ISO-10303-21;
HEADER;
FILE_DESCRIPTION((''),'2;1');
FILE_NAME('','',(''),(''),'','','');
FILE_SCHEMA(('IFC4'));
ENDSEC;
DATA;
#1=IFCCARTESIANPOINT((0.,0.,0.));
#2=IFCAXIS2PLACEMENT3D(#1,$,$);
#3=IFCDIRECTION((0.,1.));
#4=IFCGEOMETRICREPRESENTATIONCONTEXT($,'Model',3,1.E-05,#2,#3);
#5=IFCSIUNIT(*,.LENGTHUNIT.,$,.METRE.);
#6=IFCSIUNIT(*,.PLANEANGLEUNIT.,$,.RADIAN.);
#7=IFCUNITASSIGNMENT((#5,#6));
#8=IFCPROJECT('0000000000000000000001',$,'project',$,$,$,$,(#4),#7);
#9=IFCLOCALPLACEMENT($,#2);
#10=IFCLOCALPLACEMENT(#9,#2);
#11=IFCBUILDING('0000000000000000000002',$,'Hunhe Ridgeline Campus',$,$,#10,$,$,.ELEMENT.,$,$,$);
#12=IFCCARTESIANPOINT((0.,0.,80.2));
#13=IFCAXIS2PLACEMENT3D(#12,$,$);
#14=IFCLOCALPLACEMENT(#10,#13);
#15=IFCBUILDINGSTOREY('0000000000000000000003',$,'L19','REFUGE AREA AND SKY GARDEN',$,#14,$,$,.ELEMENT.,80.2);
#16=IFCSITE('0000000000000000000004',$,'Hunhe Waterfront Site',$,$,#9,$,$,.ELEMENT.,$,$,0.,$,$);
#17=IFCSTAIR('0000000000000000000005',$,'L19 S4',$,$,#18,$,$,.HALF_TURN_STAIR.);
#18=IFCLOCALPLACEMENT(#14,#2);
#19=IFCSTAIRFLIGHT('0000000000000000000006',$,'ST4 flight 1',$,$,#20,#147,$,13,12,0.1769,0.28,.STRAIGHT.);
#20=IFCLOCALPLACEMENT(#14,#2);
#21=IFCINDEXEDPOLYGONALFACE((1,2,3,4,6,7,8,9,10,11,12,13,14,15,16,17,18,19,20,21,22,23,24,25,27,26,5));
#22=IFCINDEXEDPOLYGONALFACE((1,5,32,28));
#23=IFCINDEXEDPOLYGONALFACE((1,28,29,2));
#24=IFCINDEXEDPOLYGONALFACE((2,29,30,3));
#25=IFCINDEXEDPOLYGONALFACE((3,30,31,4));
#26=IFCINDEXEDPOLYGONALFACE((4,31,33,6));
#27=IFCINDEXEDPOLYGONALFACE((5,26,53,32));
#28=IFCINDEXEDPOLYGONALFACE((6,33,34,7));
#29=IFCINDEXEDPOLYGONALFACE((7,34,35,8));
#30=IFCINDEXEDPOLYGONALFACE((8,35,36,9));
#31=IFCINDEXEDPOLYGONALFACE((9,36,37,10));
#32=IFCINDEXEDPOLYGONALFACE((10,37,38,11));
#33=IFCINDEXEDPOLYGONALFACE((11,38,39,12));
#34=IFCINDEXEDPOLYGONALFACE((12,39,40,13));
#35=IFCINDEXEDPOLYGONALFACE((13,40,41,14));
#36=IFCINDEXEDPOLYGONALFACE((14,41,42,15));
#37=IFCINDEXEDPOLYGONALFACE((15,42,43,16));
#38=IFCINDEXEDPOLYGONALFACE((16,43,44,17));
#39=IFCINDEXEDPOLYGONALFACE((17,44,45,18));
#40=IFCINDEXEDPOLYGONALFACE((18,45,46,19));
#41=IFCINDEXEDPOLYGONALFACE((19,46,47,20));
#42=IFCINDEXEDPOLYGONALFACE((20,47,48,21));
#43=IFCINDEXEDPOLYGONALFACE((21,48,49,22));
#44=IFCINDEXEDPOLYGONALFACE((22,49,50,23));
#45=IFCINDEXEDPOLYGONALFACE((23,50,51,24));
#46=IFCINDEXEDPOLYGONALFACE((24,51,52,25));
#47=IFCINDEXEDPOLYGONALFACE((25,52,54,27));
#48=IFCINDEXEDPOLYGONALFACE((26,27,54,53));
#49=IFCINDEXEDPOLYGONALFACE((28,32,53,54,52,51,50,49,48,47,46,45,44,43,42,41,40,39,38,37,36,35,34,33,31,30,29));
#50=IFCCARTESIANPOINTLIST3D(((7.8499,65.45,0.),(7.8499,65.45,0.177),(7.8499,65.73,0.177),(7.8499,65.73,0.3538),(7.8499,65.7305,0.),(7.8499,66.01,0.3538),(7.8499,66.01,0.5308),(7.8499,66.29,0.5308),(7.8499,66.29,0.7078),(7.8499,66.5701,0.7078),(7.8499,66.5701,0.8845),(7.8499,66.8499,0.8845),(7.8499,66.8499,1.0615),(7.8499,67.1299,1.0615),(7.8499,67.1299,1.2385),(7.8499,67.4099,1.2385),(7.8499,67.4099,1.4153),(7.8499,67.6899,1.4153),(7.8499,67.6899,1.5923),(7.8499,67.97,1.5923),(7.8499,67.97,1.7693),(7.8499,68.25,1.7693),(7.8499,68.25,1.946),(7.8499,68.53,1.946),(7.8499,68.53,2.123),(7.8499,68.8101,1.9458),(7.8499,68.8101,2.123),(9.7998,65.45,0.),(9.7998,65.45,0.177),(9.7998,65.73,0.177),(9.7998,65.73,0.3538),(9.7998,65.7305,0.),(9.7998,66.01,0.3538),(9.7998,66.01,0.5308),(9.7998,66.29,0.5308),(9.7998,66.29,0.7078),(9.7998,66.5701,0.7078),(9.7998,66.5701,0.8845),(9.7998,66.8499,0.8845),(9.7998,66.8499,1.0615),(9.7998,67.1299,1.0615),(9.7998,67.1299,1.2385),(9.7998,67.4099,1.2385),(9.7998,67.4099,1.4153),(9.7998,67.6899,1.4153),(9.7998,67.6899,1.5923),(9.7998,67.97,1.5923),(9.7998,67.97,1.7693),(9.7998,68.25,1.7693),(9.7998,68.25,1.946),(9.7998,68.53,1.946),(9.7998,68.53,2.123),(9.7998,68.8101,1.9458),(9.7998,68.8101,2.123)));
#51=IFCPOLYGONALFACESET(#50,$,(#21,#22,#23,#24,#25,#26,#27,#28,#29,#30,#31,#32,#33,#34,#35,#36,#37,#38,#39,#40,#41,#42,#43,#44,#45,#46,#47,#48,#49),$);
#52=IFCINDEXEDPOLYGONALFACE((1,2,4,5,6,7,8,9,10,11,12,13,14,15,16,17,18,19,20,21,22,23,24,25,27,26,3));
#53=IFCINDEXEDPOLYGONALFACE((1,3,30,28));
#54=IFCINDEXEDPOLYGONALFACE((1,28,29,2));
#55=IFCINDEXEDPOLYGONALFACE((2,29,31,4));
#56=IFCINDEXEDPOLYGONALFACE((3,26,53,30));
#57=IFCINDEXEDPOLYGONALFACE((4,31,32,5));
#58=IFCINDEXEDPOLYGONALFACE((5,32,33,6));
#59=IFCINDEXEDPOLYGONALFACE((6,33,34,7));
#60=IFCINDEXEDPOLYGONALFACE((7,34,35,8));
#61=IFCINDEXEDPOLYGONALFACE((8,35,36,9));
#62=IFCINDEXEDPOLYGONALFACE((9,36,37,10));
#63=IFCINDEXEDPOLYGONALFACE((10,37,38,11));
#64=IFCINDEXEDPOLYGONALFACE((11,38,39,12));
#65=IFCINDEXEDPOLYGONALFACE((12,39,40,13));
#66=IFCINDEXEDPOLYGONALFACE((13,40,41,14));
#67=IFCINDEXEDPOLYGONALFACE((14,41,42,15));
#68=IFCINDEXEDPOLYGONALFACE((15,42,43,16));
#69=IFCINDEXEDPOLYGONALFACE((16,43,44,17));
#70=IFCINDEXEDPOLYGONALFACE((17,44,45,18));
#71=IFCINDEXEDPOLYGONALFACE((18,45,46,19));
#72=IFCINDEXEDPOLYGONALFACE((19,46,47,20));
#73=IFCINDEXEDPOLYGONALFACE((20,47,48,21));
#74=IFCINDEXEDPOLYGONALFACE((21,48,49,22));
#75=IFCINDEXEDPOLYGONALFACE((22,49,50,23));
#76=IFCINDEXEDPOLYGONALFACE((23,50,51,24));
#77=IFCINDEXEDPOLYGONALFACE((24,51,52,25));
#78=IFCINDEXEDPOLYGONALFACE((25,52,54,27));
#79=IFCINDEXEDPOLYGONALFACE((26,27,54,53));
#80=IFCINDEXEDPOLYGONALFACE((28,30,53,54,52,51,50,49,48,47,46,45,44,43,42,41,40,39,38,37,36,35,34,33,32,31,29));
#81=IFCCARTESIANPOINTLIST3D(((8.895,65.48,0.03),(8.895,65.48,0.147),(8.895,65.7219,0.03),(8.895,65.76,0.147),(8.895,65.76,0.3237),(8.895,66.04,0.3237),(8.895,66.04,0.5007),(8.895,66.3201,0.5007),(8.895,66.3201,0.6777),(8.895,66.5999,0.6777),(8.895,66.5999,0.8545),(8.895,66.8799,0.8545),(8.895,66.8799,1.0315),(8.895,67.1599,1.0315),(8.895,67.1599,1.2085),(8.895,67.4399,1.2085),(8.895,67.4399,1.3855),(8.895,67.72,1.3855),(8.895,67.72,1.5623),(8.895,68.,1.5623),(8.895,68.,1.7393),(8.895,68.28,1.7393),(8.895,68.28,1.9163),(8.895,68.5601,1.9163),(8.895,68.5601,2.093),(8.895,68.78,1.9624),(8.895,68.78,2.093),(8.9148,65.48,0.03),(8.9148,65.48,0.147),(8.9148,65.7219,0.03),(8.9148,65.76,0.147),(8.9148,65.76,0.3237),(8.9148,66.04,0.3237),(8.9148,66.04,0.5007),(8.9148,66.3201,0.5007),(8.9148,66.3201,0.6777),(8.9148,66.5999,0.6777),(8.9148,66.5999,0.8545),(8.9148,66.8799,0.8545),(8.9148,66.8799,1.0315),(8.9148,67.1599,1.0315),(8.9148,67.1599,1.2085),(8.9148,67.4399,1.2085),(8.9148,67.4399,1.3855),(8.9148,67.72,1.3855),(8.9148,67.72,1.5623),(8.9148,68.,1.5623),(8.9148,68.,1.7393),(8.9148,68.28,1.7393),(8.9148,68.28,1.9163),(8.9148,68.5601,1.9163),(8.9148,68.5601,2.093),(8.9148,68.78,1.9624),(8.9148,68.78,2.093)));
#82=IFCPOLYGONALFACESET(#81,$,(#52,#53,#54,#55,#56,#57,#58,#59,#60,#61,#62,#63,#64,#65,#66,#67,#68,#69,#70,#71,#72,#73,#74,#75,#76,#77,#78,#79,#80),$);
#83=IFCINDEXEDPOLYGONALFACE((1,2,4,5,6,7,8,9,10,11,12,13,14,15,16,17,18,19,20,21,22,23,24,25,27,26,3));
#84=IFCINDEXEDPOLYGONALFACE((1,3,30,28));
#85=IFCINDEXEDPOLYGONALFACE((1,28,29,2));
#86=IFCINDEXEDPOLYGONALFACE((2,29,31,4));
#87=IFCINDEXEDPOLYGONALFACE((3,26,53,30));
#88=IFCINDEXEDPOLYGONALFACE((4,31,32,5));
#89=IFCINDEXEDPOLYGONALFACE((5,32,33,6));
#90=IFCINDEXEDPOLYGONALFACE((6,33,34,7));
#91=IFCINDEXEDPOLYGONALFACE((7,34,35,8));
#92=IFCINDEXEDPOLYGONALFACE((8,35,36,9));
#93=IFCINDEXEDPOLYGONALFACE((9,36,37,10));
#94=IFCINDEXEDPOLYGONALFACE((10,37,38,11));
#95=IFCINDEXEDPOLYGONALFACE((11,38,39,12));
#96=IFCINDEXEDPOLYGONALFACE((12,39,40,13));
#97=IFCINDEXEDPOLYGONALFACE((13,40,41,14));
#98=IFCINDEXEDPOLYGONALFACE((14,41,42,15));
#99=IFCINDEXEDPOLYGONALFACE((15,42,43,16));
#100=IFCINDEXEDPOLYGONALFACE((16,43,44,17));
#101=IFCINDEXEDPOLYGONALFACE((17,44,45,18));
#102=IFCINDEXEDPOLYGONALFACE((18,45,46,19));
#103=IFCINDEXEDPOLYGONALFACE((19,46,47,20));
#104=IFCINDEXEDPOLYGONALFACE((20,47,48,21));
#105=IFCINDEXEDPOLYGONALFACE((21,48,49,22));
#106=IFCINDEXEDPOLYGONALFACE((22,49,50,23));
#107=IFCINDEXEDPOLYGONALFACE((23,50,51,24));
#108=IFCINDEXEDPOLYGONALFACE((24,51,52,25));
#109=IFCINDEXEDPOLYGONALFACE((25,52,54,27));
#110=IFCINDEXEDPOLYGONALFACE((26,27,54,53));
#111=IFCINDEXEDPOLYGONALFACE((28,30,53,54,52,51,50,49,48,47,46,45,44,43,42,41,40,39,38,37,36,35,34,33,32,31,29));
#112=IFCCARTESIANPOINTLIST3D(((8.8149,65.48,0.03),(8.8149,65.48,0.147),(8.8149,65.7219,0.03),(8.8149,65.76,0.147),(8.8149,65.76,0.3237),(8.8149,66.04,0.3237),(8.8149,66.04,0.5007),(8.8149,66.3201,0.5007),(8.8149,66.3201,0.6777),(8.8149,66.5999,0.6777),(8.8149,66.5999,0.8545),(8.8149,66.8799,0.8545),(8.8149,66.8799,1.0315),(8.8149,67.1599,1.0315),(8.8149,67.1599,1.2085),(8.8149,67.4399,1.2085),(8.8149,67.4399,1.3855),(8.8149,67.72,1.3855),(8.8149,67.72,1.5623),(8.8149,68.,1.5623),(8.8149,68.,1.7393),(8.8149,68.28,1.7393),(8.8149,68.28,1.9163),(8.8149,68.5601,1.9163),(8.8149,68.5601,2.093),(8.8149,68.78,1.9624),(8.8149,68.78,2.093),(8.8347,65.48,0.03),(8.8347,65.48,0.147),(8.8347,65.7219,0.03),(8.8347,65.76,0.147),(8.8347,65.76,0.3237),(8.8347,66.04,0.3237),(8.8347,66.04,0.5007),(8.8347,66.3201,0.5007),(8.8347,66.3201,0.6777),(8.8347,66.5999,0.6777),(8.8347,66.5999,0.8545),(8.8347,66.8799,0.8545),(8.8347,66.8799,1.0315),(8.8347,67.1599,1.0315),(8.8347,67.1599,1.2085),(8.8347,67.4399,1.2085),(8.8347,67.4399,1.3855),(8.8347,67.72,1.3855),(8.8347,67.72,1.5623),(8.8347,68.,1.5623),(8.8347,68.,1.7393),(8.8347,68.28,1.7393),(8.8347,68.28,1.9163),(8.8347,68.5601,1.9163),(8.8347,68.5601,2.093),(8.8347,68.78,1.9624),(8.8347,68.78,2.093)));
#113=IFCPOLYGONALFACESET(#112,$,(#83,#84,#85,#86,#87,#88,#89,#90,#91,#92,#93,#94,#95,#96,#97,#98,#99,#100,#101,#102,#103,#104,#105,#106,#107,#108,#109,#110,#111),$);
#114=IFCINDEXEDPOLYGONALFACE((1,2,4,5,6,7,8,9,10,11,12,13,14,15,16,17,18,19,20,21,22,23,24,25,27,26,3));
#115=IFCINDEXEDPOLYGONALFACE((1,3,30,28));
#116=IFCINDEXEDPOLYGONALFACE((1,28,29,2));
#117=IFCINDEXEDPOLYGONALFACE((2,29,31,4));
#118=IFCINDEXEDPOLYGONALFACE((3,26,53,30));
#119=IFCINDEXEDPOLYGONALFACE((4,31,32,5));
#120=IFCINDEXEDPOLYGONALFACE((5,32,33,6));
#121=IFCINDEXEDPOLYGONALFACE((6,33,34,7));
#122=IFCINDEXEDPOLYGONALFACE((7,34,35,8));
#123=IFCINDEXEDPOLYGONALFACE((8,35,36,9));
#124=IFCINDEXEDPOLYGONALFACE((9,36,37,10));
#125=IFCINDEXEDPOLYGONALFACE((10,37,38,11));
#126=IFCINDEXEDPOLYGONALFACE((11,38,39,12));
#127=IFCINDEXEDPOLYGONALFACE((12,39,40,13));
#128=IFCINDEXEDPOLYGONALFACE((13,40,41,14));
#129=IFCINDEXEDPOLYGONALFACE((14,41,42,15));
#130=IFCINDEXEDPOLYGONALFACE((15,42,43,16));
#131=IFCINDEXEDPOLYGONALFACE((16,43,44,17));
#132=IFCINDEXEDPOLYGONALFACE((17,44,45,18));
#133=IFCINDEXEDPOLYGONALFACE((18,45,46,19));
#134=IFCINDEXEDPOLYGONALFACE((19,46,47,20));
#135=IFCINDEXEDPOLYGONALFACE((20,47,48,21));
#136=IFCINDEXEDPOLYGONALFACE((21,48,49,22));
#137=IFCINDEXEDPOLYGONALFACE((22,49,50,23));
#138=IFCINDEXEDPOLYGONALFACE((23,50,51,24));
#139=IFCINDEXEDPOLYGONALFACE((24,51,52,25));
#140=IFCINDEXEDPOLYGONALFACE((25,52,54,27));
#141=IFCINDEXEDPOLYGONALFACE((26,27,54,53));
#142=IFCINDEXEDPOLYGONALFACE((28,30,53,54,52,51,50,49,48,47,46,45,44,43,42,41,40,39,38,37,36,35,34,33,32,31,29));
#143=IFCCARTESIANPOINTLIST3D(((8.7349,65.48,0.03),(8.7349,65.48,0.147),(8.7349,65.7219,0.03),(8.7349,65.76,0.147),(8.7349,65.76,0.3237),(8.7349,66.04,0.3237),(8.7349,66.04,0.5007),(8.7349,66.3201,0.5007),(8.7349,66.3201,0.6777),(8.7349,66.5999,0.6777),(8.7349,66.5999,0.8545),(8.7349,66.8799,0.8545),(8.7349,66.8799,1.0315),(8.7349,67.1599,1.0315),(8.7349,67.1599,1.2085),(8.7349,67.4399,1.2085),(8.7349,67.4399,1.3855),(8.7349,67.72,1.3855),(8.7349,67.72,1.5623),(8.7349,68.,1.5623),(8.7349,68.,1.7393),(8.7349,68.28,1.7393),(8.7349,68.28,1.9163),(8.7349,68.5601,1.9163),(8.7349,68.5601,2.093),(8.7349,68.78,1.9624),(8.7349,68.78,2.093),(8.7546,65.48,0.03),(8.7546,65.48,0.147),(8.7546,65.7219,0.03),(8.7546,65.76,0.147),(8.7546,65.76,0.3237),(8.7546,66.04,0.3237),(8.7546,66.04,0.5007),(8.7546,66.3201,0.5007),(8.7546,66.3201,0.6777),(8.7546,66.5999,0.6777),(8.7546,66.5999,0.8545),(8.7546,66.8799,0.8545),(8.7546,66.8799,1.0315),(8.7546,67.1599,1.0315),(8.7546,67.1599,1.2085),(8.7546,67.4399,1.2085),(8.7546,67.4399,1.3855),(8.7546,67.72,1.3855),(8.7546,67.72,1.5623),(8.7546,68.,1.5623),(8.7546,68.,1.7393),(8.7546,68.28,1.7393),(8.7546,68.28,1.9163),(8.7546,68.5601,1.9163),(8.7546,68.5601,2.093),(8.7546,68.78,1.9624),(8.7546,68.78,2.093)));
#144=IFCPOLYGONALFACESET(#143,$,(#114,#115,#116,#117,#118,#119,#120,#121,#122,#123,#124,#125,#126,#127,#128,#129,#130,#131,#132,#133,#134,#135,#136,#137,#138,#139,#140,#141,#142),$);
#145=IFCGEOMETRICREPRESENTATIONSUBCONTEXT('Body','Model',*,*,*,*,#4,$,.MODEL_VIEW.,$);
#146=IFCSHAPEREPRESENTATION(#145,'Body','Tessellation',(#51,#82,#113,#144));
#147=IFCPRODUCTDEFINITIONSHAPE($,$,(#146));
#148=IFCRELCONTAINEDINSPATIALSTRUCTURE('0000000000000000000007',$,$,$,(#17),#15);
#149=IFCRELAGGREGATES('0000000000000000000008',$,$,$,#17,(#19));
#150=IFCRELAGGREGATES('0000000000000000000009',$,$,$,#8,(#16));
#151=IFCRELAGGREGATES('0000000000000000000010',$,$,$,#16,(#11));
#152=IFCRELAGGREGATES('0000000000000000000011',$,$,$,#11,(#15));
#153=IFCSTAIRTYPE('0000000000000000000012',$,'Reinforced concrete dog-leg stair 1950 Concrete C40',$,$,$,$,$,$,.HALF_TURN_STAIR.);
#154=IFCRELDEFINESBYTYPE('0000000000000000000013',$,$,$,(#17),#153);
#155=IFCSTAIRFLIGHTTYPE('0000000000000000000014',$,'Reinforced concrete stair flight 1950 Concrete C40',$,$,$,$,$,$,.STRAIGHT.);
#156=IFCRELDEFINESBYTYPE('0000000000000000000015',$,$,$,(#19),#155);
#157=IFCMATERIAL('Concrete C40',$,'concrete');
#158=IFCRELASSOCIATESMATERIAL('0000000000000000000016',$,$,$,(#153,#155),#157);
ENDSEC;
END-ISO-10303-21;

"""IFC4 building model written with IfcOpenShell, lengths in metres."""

from ifc_helpers import new_model, si_unit, direction, frame, origin, place, context, subcontext, project, spatial, polyline, outline, extrude, material, type_object, element, aggregate, save


model = new_model("IFC4")

# Units and contexts
model_context = context("Model", 3, precision=1e-05, world=origin(), true_north=direction((0.0, 1.0)))
body_context = subcontext(model_context, "Body", "Model", "MODEL_VIEW")
ifc_project = project(units=[si_unit("LENGTHUNIT", "METRE"), si_unit("PLANEANGLEUNIT", "RADIAN")], contexts=[model_context])

# Site, building, storey
site_placement = place(None, origin())
site = spatial("IfcSite", under=ifc_project, at=site_placement, Name="Hunhe Waterfront Site", CompositionType="ELEMENT", RefElevation=0.0)
building_placement = place(site_placement, origin())
building = spatial("IfcBuilding", under=site, at=building_placement, Name="Hunhe Ridgeline Campus", CompositionType="ELEMENT")
storey_placement = place(building_placement, frame((0.0, 0.0, 80.2)))
storey = spatial("IfcBuildingStorey", under=building, at=storey_placement, Name="L19", Description="REFUGE AREA AND SKY GARDEN", CompositionType="ELEMENT", Elevation=80.2)

# Stair, stair flight
ifc_material_1 = material(Name="Concrete C40", Category="concrete")
stair_type = type_object("IfcStairType", Name="Reinforced concrete dog-leg stair 1950 Concrete C40", PredefinedType="HALF_TURN_STAIR", material=ifc_material_1)
stair_flight_type = type_object("IfcStairFlightType", Name="Reinforced concrete stair flight 1950 Concrete C40", PredefinedType="STRAIGHT", material=ifc_material_1)
stair_1_placement = place(storey_placement, origin())
stair_1 = element("IfcStair", 1, at=stair_1_placement, inside=storey, type_object=stair_type, Name="L19 S4", PredefinedType="HALF_TURN_STAIR")
stair_flight_1_placement = place(storey_placement, frame((8.825, 65.45, 0.0), z_axis=(0.0, 0.0, 1.0), x_axis=(0.0, 1.0, 0.0)))
stair_flight_1 = element("IfcStairFlight", 2, at=stair_flight_1_placement, type_object=stair_flight_type, Name="ST4 flight 1", NumberOfRisers=13, NumberOfTreads=12, PredefinedType="STRAIGHT", RiserHeight=0.1769, TreadLength=0.28, context=body_context, shape_type="SweptSolid", body=[
    extrude(outline(polyline([(0.0, 0.0), (0.0, 0.177), (0.28, 0.177), (0.28, 0.3538), (0.5601, 0.3538), (0.5601, 0.5308), (0.8401, 0.5308), (0.8401, 0.7078), (1.1201, 0.7078), (1.1201, 0.8845), (1.3999, 0.8845), (1.3999, 1.0615), (1.6799, 1.0615), (1.6799, 1.2385), (1.96, 1.2385), (1.96, 1.4153), (2.24, 1.4153), (2.24, 1.5923), (2.52, 1.5923), (2.52, 1.7693), (2.8, 1.7693), (2.8, 1.946), (3.0801, 1.946), (3.0801, 2.123), (3.3601, 2.123), (3.3601, 2.3), (3.3601, 1.9458), (0.2805, 0.0), (0.0, 0.0)])), frame((0.0, 0.9751, 0.0), z_axis=(0.0, -1.0, 0.0), x_axis=(1.0, 0.0, 0.0)), (0.0, 0.0, 1.0), 1.95),
    extrude(outline(polyline([(0.03, 0.03), (0.03, 0.147), (0.3101, 0.147), (0.3101, 0.3237), (0.5901, 0.3237), (0.5901, 0.5007), (0.8701, 0.5007), (0.8701, 0.6777), (1.1499, 0.6777), (1.1499, 0.8545), (1.4299, 0.8545), (1.4299, 1.0315), (1.71, 1.0315), (1.71, 1.2085), (1.99, 1.2085), (1.99, 1.3855), (2.27, 1.3855), (2.27, 1.5623), (2.55, 1.5623), (2.55, 1.7393), (2.8301, 1.7393), (2.8301, 1.9163), (3.1101, 1.9163), (3.1101, 2.093), (3.3301, 2.093), (3.3301, 1.9624), (0.272, 0.03), (0.03, 0.03)])), frame((0.0, -0.0701, 0.0), z_axis=(0.0, -1.0, 0.0), x_axis=(1.0, 0.0, 0.0)), (0.0, 0.0, 1.0), 0.0198),
    extrude(outline(polyline([(0.03, 0.03), (0.03, 0.147), (0.3101, 0.147), (0.3101, 0.3237), (0.5901, 0.3237), (0.5901, 0.5007), (0.8701, 0.5007), (0.8701, 0.6777), (1.1499, 0.6777), (1.1499, 0.8545), (1.4299, 0.8545), (1.4299, 1.0315), (1.71, 1.0315), (1.71, 1.2085), (1.99, 1.2085), (1.99, 1.3855), (2.27, 1.3855), (2.27, 1.5623), (2.55, 1.5623), (2.55, 1.7393), (2.8301, 1.7393), (2.8301, 1.9163), (3.1101, 1.9163), (3.1101, 2.093), (3.3301, 2.093), (3.3301, 1.9624), (0.272, 0.03), (0.03, 0.03)])), frame((0.0, 0.01, 0.0), z_axis=(0.0, -1.0, 0.0), x_axis=(1.0, 0.0, 0.0)), (0.0, 0.0, 1.0), 0.0198),
    extrude(outline(polyline([(0.03, 0.03), (0.03, 0.147), (0.3101, 0.147), (0.3101, 0.3237), (0.5901, 0.3237), (0.5901, 0.5007), (0.8701, 0.5007), (0.8701, 0.6777), (1.1499, 0.6777), (1.1499, 0.8545), (1.4299, 0.8545), (1.4299, 1.0315), (1.71, 1.0315), (1.71, 1.2085), (1.99, 1.2085), (1.99, 1.3855), (2.27, 1.3855), (2.27, 1.5623), (2.55, 1.5623), (2.55, 1.7393), (2.8301, 1.7393), (2.8301, 1.9163), (3.1101, 1.9163), (3.1101, 2.093), (3.3301, 2.093), (3.3301, 1.9624), (0.272, 0.03), (0.03, 0.03)])), frame((0.0, 0.0901, 0.0), z_axis=(0.0, -1.0, 0.0), x_axis=(1.0, 0.0, 0.0)), (0.0, 0.0, 1.0), 0.0198),
])
aggregate(stair_1, [stair_flight_1])

save(model, "model.ifc")
